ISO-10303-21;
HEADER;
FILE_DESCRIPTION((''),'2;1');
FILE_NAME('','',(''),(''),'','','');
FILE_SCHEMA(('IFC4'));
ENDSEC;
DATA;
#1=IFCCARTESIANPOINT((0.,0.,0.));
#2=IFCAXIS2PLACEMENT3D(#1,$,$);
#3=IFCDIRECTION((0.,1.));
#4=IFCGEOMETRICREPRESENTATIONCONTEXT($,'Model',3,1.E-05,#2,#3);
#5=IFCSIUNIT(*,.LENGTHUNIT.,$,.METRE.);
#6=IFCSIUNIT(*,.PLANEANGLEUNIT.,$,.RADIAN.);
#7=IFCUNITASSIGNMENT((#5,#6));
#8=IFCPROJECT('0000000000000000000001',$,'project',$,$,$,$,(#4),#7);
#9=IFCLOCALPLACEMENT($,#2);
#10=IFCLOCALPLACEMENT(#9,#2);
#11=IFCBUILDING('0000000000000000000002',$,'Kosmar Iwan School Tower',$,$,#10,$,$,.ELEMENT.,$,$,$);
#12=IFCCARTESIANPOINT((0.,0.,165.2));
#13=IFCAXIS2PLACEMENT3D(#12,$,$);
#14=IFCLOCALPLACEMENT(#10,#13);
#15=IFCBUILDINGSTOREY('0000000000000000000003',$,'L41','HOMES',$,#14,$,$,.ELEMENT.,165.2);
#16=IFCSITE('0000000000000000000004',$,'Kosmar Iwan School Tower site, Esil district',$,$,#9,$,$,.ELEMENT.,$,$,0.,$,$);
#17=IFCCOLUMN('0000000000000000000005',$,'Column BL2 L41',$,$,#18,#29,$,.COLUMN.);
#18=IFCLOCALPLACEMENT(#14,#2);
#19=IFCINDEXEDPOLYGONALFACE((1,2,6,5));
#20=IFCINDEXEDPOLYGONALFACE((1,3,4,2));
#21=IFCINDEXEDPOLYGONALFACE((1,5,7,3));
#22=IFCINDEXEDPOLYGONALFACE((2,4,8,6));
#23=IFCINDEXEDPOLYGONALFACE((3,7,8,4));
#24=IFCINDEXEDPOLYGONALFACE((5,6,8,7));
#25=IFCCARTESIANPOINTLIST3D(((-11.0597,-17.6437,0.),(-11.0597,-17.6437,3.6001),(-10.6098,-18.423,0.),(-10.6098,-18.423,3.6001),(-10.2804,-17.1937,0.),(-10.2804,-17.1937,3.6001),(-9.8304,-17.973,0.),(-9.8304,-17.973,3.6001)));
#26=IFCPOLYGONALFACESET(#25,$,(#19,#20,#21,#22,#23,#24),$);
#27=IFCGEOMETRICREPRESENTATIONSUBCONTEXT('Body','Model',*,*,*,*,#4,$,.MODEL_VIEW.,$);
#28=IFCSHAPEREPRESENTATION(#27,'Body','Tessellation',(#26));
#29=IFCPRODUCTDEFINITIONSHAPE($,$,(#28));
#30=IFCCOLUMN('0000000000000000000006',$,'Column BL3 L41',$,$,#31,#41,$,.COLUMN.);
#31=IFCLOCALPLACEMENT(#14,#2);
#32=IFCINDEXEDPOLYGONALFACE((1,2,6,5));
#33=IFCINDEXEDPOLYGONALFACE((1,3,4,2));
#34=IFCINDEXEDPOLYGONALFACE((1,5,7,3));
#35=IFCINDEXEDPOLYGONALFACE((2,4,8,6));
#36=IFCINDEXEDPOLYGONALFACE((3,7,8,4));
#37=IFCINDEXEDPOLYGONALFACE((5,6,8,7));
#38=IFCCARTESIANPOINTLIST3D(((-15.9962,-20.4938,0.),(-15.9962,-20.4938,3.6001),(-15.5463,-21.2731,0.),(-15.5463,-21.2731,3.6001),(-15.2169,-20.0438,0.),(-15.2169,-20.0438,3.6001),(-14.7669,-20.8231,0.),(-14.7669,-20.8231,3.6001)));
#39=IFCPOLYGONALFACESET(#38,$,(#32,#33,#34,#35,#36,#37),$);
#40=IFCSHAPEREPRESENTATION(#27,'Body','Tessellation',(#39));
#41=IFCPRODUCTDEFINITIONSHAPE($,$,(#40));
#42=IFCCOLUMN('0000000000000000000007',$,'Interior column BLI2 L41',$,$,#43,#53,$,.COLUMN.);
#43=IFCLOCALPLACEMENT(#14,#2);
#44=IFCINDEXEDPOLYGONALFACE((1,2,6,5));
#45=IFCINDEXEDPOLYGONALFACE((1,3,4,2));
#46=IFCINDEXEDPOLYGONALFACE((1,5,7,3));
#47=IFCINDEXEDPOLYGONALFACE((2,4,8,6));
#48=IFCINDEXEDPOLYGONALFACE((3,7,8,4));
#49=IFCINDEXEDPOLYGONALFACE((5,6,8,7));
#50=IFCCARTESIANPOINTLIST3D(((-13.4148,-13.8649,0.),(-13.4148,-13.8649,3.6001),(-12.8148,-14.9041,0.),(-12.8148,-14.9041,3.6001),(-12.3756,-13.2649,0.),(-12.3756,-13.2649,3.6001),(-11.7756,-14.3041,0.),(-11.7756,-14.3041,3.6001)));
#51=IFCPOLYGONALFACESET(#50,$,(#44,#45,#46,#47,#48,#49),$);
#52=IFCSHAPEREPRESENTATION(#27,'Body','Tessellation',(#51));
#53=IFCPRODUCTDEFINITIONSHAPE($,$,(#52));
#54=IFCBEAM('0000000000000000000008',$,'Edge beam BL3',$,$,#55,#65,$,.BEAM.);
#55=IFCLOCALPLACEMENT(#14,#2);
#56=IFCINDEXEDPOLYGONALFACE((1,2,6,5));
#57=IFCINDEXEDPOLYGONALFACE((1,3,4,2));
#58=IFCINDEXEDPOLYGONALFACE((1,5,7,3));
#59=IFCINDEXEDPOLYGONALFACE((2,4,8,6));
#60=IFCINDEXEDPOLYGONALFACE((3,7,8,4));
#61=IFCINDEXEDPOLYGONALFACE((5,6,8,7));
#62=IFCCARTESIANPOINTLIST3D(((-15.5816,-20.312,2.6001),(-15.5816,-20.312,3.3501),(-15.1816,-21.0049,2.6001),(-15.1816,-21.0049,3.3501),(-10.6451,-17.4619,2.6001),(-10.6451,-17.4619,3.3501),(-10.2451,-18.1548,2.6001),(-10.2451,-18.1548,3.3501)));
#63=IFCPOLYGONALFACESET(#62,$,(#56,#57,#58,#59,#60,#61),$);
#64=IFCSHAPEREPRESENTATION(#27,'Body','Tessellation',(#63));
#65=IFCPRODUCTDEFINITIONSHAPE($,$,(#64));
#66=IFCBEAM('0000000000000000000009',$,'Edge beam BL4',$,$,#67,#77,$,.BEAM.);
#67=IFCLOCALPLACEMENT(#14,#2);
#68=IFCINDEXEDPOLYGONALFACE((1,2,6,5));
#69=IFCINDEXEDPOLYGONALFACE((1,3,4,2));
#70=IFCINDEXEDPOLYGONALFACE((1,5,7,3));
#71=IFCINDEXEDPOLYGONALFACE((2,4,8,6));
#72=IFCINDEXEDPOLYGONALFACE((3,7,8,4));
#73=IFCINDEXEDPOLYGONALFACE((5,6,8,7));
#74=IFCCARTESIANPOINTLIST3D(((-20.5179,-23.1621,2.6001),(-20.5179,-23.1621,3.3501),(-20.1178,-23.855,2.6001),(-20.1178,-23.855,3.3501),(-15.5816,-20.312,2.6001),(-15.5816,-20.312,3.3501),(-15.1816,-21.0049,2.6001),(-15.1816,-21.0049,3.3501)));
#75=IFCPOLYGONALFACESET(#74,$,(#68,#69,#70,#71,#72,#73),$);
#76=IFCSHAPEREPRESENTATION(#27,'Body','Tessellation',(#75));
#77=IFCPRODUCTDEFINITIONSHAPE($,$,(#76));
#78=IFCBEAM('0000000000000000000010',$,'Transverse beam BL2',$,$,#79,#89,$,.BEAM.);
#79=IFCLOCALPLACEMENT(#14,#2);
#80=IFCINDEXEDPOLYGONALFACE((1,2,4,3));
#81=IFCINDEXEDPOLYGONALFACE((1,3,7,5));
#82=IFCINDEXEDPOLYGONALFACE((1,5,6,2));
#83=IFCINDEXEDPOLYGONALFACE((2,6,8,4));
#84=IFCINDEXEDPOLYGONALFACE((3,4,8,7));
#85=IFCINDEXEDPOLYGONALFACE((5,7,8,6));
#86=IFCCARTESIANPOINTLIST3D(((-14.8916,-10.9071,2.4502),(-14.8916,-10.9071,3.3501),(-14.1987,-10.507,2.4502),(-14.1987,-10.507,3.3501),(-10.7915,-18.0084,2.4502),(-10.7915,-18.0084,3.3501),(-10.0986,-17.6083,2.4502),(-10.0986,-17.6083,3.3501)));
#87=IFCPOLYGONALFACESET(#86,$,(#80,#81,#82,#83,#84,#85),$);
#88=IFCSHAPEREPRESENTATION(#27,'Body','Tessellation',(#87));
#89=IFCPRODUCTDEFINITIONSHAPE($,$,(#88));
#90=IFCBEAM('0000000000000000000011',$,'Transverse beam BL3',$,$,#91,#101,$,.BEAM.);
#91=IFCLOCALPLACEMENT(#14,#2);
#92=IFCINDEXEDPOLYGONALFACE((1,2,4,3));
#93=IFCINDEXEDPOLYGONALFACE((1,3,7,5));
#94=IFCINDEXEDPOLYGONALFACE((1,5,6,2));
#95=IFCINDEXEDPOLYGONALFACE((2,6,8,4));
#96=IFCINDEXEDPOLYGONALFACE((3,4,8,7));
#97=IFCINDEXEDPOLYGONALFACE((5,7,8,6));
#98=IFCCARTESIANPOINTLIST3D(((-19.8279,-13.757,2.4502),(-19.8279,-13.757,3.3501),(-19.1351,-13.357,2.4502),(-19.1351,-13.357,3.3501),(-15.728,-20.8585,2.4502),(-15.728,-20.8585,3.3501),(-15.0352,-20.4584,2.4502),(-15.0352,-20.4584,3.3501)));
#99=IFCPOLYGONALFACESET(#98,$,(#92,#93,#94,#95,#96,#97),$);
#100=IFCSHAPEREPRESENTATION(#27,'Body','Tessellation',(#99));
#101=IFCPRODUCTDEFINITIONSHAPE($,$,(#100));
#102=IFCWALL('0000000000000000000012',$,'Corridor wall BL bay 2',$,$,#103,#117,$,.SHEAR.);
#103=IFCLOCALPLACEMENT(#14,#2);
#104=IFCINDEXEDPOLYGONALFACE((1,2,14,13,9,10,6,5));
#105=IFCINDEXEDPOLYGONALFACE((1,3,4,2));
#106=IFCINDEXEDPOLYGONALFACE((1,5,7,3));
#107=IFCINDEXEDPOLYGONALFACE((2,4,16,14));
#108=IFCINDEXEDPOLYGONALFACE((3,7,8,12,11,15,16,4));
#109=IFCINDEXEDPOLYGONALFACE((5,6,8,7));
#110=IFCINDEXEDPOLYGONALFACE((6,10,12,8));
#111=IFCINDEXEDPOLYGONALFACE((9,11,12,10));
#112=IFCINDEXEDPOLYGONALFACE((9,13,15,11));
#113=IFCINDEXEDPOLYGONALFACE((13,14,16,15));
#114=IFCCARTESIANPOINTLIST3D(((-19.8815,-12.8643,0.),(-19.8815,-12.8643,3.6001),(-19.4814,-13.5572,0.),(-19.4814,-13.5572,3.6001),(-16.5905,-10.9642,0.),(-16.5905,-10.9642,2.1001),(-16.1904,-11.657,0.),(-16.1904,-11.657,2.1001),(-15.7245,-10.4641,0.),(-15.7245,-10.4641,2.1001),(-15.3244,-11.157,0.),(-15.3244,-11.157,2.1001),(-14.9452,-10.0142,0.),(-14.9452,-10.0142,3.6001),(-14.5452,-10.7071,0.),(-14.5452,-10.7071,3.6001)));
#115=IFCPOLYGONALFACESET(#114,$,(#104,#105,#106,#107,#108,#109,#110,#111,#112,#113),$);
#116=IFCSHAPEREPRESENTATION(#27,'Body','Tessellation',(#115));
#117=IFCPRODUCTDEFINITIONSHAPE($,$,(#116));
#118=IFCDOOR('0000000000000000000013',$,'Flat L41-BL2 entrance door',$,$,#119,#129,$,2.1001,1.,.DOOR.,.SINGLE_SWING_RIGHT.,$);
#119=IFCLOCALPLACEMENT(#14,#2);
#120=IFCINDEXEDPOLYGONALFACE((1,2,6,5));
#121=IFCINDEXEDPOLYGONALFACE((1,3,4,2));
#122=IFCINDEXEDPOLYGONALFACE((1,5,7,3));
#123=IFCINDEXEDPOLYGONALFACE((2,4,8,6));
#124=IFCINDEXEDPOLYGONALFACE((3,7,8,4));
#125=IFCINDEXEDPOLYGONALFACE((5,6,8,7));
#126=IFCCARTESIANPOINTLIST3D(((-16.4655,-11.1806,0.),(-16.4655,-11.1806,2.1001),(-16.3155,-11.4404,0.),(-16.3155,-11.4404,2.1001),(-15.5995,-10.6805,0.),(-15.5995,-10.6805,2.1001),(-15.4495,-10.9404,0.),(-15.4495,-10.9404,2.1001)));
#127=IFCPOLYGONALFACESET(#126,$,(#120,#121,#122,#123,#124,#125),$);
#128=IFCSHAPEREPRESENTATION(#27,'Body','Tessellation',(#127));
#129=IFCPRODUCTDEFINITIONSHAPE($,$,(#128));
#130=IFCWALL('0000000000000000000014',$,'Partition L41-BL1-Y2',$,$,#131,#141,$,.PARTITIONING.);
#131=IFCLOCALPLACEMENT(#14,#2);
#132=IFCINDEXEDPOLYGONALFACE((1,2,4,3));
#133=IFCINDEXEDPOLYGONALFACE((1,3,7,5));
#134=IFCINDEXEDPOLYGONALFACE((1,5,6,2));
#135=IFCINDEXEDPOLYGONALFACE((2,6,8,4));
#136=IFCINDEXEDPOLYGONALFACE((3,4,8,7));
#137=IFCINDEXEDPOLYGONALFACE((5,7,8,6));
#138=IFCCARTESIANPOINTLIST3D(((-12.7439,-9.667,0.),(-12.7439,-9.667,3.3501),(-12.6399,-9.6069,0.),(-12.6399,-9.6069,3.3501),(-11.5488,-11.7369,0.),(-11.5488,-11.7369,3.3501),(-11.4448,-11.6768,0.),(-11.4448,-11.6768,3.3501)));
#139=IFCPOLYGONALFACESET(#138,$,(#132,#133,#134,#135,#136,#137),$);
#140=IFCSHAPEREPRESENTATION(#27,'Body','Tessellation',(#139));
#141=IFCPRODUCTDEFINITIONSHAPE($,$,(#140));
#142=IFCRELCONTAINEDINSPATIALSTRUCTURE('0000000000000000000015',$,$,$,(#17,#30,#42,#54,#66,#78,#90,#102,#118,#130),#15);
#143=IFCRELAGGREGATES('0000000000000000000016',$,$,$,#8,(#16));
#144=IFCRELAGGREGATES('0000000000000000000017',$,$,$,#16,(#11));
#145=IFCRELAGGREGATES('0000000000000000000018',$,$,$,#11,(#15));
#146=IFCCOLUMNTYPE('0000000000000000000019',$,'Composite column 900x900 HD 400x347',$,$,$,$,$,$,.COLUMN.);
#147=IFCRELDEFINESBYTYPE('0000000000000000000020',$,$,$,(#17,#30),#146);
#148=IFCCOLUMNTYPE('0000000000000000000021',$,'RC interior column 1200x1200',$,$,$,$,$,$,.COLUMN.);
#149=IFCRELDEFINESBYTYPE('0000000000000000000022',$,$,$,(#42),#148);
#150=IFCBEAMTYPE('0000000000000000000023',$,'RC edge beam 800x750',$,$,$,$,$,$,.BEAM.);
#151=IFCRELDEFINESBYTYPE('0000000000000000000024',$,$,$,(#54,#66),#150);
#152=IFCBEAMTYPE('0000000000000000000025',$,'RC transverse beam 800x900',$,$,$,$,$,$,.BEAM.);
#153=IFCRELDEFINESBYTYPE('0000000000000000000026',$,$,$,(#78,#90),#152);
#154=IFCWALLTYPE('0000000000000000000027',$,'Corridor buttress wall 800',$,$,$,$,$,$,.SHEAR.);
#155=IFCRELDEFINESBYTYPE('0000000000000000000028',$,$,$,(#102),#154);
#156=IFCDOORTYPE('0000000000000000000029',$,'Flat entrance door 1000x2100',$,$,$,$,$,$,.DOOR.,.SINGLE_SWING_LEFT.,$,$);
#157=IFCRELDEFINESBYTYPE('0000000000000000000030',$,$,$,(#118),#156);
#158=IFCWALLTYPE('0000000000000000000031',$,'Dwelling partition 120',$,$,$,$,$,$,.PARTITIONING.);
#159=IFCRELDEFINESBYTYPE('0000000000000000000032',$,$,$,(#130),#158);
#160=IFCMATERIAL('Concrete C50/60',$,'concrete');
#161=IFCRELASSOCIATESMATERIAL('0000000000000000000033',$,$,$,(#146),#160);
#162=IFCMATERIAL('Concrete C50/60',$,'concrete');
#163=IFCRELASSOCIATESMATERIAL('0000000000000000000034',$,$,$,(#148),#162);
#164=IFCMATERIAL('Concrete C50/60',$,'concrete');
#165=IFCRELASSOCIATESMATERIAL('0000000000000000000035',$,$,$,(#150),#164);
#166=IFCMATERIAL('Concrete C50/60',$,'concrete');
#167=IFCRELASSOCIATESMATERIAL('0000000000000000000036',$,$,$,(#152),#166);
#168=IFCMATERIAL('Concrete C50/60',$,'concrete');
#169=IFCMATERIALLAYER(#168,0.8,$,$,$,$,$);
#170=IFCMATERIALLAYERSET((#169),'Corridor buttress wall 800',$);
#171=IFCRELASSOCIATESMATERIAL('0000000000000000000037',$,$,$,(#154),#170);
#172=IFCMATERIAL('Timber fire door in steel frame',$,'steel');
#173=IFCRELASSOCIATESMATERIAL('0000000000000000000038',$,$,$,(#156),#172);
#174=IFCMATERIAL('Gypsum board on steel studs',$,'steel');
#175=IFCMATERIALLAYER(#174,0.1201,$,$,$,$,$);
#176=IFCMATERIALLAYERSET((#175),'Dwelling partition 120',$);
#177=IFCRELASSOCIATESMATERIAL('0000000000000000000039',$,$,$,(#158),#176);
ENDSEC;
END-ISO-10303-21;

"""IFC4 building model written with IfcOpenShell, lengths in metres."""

from ifc_helpers import new_model, si_unit, direction, frame, frame_2d, origin, origin_2d, place, context, subcontext, project, spatial, rectangle, extrude, material, layer, layer_set, material_profile, profile_set, type_object, element, fill, save


model = new_model("IFC4")

# Units and contexts
model_context = context("Model", 3, precision=1e-05, world=origin(), true_north=direction((0.0, 1.0)))
body_context = subcontext(model_context, "Body", "Model", "MODEL_VIEW")
ifc_project = project(units=[si_unit("LENGTHUNIT", "METRE"), si_unit("PLANEANGLEUNIT", "RADIAN")], contexts=[model_context])

# Site, building, storey
site_placement = place(None, origin())
site = spatial("IfcSite", under=ifc_project, at=site_placement, Name="Kosmar Iwan School Tower site, Esil district", CompositionType="ELEMENT", RefElevation=0.0)
building_placement = place(site_placement, origin())
building = spatial("IfcBuilding", under=site, at=building_placement, Name="Kosmar Iwan School Tower", CompositionType="ELEMENT")
storey_placement = place(building_placement, frame((0.0, 0.0, 165.2)))
storey = spatial("IfcBuildingStorey", under=building, at=storey_placement, Name="L41", Description="HOMES", CompositionType="ELEMENT", Elevation=165.2)

# Columns
ifc_material_1 = material(Name="Concrete C50/60", Category="concrete")
ifc_material_profile_1 = material_profile(ifc_material_1, rectangle(XDim=0.8999, YDim=0.8999, at=origin_2d()), Name="RC 900x900 + HD 400x347")
ifc_profile_set_1 = profile_set([ifc_material_profile_1], Name="Concrete C50/60")
column_type_1 = type_object("IfcColumnType", Name="Composite column 900x900 HD 400x347", PredefinedType="COLUMN", material=ifc_profile_set_1)
for number, where, z_axis, x_axis, name in (
    (1, (-10.4451, -17.8083, 0.0), (0.0, 0.0, 1.0), (-0.866025, -0.5, 0.0), "Column BL2 L41"),
    (2, (-15.3816, -20.6584, 0.0), (0.0, 0.0, 1.0), (-0.866025, -0.5, 0.0), "Column BL3 L41"),
):
    element("IfcColumn", number, at=place(storey_placement, frame(where, z_axis=z_axis, x_axis=x_axis)), inside=storey, type_object=column_type_1, Name=name, PredefinedType="COLUMN", context=body_context, shape_type="SweptSolid", body=[
        extrude(rectangle(XDim=0.8999, YDim=0.8999, at=origin_2d()), origin(), (0.0, 0.0, 1.0), 3.6001),
    ])
ifc_material_2 = material(Name="Concrete C50/60", Category="concrete")
ifc_material_profile_2 = material_profile(ifc_material_2, rectangle(XDim=1.2, YDim=1.2, at=origin_2d()), Name="RC 1200x1200")
ifc_profile_set_2 = profile_set([ifc_material_profile_2], Name="Concrete C50/60")
column_type_2 = type_object("IfcColumnType", Name="RC interior column 1200x1200", PredefinedType="COLUMN", material=ifc_profile_set_2)
column_placement = place(storey_placement, frame((-12.5952, -14.0845, 0.0), z_axis=(0.0, 0.0, 1.0), x_axis=(-0.866025, -0.5, 0.0)))
element("IfcColumn", 3, at=column_placement, inside=storey, type_object=column_type_2, Name="Interior column BLI2 L41", PredefinedType="COLUMN", context=body_context, shape_type="SweptSolid", body=[
    extrude(rectangle(XDim=1.2, YDim=1.2, at=origin_2d()), origin(), (0.0, 0.0, 1.0), 3.6001),
])

# Beams
ifc_material_3 = material(Name="Concrete C50/60", Category="concrete")
ifc_material_profile_3 = material_profile(ifc_material_3, rectangle(XDim=0.8, YDim=0.75, at=origin_2d()), Name="RC 800x750")
ifc_profile_set_3 = profile_set([ifc_material_profile_3], Name="Concrete C50/60")
beam_type_1 = type_object("IfcBeamType", Name="RC edge beam 800x750", PredefinedType="BEAM", material=ifc_profile_set_3)
beam_1_placement = place(storey_placement, frame((-10.4451, -17.8083, 2.9751), z_axis=(-0.866026, -0.499999, 0.0), x_axis=(0.499999, -0.866026, 0.0)))
element("IfcBeam", 4, at=beam_1_placement, inside=storey, type_object=beam_type_1, Name="Edge beam BL3", PredefinedType="BEAM", context=body_context, shape_type="SweptSolid", body=[
    extrude(rectangle(XDim=0.8, YDim=0.75, at=origin_2d()), origin(), (0.0, 0.0, 1.0), 5.7002),
])
beam_2_placement = place(storey_placement, frame((-15.3816, -20.6584, 2.9751), z_axis=(-0.866015, -0.500018, 0.0), x_axis=(0.500018, -0.866015, 0.0)))
element("IfcBeam", 5, at=beam_2_placement, inside=storey, type_object=beam_type_1, Name="Edge beam BL4", PredefinedType="BEAM", context=body_context, shape_type="SweptSolid", body=[
    extrude(rectangle(XDim=0.8, YDim=0.75, at=origin_2d()), origin(), (0.0, 0.0, 1.0), 5.7),
])
ifc_material_4 = material(Name="Concrete C50/60", Category="concrete")
ifc_material_profile_4 = material_profile(ifc_material_4, rectangle(XDim=0.8, YDim=0.8999, at=origin_2d()), Name="RC 800x900")
ifc_profile_set_4 = profile_set([ifc_material_profile_4], Name="Concrete C50/60")
beam_type_2 = type_object("IfcBeamType", Name="RC transverse beam 800x900", PredefinedType="BEAM", material=ifc_profile_set_4)
for number, where, z_axis, x_axis, name in (
    (6, (-10.4451, -17.8083, 2.9001), (-0.500014, 0.866018, 0.0), (-0.866018, -0.500014, 0.0), "Transverse beam BL2"),
    (7, (-15.3816, -20.6584, 2.9001), (-0.499991, 0.86603, 0.0), (-0.86603, -0.499991, 0.0), "Transverse beam BL3"),
):
    element("IfcBeam", number, at=place(storey_placement, frame(where, z_axis=z_axis, x_axis=x_axis)), inside=storey, type_object=beam_type_2, Name=name, PredefinedType="BEAM", context=body_context, shape_type="SweptSolid", body=[
        extrude(rectangle(XDim=0.8, YDim=0.8999, at=origin_2d()), origin(), (0.0, 0.0, 1.0), 8.2),
    ])

# Wall, opening, door
ifc_material_5 = material(Name="Concrete C50/60", Category="concrete")
ifc_layer_1 = layer(ifc_material_5, 0.8)
ifc_layer_set_1 = layer_set([ifc_layer_1], Name="Corridor buttress wall 800")
wall_type_1 = type_object("IfcWallType", Name="Corridor buttress wall 800", PredefinedType="SHEAR", material=ifc_layer_set_1)
wall_1_placement = place(storey_placement, frame((-14.7451, -10.3606, 0.0), z_axis=(0.0, 0.0, 1.0), x_axis=(-0.866015, -0.500018, 0.0)))
wall_1 = element("IfcWall", 8, at=wall_1_placement, inside=storey, type_object=wall_type_1, Name="Corridor wall BL bay 2", PredefinedType="SHEAR", context=body_context, shape_type="SweptSolid", body=[
    extrude(rectangle(XDim=5.7, YDim=0.8, at=frame_2d((2.8501, 0.0))), origin(), (0.0, 0.0, 1.0), 3.6001),
])
opening_1_placement = place(wall_1_placement, frame((0.8999, 0.0, 0.0)))
opening_1 = element("IfcOpeningElement", 9, at=opening_1_placement, cuts=wall_1, PredefinedType="OPENING", context=body_context, shape_type="SweptSolid", body=[
    extrude(rectangle(XDim=1.0, YDim=2.1001, at=frame_2d((0.5, 1.05))), frame((0.0, 0.4121, 0.0), z_axis=(0.0, -1.0, 0.0), x_axis=(1.0, 0.0, 0.0)), (0.0, 0.0, 1.0), 0.824),
])
ifc_material_6 = material(Name="Timber fire door in steel frame", Category="steel")
door_type_1 = type_object("IfcDoorType", Name="Flat entrance door 1000x2100", OperationType="SINGLE_SWING_LEFT", PredefinedType="DOOR", material=ifc_material_6)
door_1_placement = place(opening_1_placement, origin())
door_1 = element("IfcDoor", 10, at=door_1_placement, inside=storey, type_object=door_type_1, Name="Flat L41-BL2 entrance door", OperationType="SINGLE_SWING_RIGHT", OverallHeight=2.1001, OverallWidth=1.0, PredefinedType="DOOR", context=body_context, shape_type="SweptSolid", body=[
    extrude(rectangle(XDim=1.0, YDim=2.1001, at=frame_2d((0.5, 1.05))), frame((0.0, 0.1499, 0.0), z_axis=(0.0, -1.0, 0.0), x_axis=(1.0, 0.0, 0.0)), (0.0, 0.0, 1.0), 0.3),
])
fill(opening_1, door_1)

# Wall
ifc_material_7 = material(Name="Gypsum board on steel studs", Category="steel")
ifc_layer_2 = layer(ifc_material_7, 0.1201)
ifc_layer_set_2 = layer_set([ifc_layer_2], Name="Dwelling partition 120")
wall_type_2 = type_object("IfcWallType", Name="Dwelling partition 120", PredefinedType="PARTITIONING", material=ifc_layer_set_2)
wall_2_placement = place(storey_placement, frame((-12.6919, -9.637, 0.0), z_axis=(0.0, 0.0, 1.0), x_axis=(0.500017, -0.866015, 0.0)))
element("IfcWall", 11, at=wall_2_placement, inside=storey, type_object=wall_type_2, Name="Partition L41-BL1-Y2", PredefinedType="PARTITIONING", context=body_context, shape_type="SweptSolid", body=[
    extrude(rectangle(XDim=2.3901, YDim=0.1201, at=frame_2d((1.1951, 0.0))), origin(), (0.0, 0.0, 1.0), 3.3501),
])

save(model, "model.ifc")
